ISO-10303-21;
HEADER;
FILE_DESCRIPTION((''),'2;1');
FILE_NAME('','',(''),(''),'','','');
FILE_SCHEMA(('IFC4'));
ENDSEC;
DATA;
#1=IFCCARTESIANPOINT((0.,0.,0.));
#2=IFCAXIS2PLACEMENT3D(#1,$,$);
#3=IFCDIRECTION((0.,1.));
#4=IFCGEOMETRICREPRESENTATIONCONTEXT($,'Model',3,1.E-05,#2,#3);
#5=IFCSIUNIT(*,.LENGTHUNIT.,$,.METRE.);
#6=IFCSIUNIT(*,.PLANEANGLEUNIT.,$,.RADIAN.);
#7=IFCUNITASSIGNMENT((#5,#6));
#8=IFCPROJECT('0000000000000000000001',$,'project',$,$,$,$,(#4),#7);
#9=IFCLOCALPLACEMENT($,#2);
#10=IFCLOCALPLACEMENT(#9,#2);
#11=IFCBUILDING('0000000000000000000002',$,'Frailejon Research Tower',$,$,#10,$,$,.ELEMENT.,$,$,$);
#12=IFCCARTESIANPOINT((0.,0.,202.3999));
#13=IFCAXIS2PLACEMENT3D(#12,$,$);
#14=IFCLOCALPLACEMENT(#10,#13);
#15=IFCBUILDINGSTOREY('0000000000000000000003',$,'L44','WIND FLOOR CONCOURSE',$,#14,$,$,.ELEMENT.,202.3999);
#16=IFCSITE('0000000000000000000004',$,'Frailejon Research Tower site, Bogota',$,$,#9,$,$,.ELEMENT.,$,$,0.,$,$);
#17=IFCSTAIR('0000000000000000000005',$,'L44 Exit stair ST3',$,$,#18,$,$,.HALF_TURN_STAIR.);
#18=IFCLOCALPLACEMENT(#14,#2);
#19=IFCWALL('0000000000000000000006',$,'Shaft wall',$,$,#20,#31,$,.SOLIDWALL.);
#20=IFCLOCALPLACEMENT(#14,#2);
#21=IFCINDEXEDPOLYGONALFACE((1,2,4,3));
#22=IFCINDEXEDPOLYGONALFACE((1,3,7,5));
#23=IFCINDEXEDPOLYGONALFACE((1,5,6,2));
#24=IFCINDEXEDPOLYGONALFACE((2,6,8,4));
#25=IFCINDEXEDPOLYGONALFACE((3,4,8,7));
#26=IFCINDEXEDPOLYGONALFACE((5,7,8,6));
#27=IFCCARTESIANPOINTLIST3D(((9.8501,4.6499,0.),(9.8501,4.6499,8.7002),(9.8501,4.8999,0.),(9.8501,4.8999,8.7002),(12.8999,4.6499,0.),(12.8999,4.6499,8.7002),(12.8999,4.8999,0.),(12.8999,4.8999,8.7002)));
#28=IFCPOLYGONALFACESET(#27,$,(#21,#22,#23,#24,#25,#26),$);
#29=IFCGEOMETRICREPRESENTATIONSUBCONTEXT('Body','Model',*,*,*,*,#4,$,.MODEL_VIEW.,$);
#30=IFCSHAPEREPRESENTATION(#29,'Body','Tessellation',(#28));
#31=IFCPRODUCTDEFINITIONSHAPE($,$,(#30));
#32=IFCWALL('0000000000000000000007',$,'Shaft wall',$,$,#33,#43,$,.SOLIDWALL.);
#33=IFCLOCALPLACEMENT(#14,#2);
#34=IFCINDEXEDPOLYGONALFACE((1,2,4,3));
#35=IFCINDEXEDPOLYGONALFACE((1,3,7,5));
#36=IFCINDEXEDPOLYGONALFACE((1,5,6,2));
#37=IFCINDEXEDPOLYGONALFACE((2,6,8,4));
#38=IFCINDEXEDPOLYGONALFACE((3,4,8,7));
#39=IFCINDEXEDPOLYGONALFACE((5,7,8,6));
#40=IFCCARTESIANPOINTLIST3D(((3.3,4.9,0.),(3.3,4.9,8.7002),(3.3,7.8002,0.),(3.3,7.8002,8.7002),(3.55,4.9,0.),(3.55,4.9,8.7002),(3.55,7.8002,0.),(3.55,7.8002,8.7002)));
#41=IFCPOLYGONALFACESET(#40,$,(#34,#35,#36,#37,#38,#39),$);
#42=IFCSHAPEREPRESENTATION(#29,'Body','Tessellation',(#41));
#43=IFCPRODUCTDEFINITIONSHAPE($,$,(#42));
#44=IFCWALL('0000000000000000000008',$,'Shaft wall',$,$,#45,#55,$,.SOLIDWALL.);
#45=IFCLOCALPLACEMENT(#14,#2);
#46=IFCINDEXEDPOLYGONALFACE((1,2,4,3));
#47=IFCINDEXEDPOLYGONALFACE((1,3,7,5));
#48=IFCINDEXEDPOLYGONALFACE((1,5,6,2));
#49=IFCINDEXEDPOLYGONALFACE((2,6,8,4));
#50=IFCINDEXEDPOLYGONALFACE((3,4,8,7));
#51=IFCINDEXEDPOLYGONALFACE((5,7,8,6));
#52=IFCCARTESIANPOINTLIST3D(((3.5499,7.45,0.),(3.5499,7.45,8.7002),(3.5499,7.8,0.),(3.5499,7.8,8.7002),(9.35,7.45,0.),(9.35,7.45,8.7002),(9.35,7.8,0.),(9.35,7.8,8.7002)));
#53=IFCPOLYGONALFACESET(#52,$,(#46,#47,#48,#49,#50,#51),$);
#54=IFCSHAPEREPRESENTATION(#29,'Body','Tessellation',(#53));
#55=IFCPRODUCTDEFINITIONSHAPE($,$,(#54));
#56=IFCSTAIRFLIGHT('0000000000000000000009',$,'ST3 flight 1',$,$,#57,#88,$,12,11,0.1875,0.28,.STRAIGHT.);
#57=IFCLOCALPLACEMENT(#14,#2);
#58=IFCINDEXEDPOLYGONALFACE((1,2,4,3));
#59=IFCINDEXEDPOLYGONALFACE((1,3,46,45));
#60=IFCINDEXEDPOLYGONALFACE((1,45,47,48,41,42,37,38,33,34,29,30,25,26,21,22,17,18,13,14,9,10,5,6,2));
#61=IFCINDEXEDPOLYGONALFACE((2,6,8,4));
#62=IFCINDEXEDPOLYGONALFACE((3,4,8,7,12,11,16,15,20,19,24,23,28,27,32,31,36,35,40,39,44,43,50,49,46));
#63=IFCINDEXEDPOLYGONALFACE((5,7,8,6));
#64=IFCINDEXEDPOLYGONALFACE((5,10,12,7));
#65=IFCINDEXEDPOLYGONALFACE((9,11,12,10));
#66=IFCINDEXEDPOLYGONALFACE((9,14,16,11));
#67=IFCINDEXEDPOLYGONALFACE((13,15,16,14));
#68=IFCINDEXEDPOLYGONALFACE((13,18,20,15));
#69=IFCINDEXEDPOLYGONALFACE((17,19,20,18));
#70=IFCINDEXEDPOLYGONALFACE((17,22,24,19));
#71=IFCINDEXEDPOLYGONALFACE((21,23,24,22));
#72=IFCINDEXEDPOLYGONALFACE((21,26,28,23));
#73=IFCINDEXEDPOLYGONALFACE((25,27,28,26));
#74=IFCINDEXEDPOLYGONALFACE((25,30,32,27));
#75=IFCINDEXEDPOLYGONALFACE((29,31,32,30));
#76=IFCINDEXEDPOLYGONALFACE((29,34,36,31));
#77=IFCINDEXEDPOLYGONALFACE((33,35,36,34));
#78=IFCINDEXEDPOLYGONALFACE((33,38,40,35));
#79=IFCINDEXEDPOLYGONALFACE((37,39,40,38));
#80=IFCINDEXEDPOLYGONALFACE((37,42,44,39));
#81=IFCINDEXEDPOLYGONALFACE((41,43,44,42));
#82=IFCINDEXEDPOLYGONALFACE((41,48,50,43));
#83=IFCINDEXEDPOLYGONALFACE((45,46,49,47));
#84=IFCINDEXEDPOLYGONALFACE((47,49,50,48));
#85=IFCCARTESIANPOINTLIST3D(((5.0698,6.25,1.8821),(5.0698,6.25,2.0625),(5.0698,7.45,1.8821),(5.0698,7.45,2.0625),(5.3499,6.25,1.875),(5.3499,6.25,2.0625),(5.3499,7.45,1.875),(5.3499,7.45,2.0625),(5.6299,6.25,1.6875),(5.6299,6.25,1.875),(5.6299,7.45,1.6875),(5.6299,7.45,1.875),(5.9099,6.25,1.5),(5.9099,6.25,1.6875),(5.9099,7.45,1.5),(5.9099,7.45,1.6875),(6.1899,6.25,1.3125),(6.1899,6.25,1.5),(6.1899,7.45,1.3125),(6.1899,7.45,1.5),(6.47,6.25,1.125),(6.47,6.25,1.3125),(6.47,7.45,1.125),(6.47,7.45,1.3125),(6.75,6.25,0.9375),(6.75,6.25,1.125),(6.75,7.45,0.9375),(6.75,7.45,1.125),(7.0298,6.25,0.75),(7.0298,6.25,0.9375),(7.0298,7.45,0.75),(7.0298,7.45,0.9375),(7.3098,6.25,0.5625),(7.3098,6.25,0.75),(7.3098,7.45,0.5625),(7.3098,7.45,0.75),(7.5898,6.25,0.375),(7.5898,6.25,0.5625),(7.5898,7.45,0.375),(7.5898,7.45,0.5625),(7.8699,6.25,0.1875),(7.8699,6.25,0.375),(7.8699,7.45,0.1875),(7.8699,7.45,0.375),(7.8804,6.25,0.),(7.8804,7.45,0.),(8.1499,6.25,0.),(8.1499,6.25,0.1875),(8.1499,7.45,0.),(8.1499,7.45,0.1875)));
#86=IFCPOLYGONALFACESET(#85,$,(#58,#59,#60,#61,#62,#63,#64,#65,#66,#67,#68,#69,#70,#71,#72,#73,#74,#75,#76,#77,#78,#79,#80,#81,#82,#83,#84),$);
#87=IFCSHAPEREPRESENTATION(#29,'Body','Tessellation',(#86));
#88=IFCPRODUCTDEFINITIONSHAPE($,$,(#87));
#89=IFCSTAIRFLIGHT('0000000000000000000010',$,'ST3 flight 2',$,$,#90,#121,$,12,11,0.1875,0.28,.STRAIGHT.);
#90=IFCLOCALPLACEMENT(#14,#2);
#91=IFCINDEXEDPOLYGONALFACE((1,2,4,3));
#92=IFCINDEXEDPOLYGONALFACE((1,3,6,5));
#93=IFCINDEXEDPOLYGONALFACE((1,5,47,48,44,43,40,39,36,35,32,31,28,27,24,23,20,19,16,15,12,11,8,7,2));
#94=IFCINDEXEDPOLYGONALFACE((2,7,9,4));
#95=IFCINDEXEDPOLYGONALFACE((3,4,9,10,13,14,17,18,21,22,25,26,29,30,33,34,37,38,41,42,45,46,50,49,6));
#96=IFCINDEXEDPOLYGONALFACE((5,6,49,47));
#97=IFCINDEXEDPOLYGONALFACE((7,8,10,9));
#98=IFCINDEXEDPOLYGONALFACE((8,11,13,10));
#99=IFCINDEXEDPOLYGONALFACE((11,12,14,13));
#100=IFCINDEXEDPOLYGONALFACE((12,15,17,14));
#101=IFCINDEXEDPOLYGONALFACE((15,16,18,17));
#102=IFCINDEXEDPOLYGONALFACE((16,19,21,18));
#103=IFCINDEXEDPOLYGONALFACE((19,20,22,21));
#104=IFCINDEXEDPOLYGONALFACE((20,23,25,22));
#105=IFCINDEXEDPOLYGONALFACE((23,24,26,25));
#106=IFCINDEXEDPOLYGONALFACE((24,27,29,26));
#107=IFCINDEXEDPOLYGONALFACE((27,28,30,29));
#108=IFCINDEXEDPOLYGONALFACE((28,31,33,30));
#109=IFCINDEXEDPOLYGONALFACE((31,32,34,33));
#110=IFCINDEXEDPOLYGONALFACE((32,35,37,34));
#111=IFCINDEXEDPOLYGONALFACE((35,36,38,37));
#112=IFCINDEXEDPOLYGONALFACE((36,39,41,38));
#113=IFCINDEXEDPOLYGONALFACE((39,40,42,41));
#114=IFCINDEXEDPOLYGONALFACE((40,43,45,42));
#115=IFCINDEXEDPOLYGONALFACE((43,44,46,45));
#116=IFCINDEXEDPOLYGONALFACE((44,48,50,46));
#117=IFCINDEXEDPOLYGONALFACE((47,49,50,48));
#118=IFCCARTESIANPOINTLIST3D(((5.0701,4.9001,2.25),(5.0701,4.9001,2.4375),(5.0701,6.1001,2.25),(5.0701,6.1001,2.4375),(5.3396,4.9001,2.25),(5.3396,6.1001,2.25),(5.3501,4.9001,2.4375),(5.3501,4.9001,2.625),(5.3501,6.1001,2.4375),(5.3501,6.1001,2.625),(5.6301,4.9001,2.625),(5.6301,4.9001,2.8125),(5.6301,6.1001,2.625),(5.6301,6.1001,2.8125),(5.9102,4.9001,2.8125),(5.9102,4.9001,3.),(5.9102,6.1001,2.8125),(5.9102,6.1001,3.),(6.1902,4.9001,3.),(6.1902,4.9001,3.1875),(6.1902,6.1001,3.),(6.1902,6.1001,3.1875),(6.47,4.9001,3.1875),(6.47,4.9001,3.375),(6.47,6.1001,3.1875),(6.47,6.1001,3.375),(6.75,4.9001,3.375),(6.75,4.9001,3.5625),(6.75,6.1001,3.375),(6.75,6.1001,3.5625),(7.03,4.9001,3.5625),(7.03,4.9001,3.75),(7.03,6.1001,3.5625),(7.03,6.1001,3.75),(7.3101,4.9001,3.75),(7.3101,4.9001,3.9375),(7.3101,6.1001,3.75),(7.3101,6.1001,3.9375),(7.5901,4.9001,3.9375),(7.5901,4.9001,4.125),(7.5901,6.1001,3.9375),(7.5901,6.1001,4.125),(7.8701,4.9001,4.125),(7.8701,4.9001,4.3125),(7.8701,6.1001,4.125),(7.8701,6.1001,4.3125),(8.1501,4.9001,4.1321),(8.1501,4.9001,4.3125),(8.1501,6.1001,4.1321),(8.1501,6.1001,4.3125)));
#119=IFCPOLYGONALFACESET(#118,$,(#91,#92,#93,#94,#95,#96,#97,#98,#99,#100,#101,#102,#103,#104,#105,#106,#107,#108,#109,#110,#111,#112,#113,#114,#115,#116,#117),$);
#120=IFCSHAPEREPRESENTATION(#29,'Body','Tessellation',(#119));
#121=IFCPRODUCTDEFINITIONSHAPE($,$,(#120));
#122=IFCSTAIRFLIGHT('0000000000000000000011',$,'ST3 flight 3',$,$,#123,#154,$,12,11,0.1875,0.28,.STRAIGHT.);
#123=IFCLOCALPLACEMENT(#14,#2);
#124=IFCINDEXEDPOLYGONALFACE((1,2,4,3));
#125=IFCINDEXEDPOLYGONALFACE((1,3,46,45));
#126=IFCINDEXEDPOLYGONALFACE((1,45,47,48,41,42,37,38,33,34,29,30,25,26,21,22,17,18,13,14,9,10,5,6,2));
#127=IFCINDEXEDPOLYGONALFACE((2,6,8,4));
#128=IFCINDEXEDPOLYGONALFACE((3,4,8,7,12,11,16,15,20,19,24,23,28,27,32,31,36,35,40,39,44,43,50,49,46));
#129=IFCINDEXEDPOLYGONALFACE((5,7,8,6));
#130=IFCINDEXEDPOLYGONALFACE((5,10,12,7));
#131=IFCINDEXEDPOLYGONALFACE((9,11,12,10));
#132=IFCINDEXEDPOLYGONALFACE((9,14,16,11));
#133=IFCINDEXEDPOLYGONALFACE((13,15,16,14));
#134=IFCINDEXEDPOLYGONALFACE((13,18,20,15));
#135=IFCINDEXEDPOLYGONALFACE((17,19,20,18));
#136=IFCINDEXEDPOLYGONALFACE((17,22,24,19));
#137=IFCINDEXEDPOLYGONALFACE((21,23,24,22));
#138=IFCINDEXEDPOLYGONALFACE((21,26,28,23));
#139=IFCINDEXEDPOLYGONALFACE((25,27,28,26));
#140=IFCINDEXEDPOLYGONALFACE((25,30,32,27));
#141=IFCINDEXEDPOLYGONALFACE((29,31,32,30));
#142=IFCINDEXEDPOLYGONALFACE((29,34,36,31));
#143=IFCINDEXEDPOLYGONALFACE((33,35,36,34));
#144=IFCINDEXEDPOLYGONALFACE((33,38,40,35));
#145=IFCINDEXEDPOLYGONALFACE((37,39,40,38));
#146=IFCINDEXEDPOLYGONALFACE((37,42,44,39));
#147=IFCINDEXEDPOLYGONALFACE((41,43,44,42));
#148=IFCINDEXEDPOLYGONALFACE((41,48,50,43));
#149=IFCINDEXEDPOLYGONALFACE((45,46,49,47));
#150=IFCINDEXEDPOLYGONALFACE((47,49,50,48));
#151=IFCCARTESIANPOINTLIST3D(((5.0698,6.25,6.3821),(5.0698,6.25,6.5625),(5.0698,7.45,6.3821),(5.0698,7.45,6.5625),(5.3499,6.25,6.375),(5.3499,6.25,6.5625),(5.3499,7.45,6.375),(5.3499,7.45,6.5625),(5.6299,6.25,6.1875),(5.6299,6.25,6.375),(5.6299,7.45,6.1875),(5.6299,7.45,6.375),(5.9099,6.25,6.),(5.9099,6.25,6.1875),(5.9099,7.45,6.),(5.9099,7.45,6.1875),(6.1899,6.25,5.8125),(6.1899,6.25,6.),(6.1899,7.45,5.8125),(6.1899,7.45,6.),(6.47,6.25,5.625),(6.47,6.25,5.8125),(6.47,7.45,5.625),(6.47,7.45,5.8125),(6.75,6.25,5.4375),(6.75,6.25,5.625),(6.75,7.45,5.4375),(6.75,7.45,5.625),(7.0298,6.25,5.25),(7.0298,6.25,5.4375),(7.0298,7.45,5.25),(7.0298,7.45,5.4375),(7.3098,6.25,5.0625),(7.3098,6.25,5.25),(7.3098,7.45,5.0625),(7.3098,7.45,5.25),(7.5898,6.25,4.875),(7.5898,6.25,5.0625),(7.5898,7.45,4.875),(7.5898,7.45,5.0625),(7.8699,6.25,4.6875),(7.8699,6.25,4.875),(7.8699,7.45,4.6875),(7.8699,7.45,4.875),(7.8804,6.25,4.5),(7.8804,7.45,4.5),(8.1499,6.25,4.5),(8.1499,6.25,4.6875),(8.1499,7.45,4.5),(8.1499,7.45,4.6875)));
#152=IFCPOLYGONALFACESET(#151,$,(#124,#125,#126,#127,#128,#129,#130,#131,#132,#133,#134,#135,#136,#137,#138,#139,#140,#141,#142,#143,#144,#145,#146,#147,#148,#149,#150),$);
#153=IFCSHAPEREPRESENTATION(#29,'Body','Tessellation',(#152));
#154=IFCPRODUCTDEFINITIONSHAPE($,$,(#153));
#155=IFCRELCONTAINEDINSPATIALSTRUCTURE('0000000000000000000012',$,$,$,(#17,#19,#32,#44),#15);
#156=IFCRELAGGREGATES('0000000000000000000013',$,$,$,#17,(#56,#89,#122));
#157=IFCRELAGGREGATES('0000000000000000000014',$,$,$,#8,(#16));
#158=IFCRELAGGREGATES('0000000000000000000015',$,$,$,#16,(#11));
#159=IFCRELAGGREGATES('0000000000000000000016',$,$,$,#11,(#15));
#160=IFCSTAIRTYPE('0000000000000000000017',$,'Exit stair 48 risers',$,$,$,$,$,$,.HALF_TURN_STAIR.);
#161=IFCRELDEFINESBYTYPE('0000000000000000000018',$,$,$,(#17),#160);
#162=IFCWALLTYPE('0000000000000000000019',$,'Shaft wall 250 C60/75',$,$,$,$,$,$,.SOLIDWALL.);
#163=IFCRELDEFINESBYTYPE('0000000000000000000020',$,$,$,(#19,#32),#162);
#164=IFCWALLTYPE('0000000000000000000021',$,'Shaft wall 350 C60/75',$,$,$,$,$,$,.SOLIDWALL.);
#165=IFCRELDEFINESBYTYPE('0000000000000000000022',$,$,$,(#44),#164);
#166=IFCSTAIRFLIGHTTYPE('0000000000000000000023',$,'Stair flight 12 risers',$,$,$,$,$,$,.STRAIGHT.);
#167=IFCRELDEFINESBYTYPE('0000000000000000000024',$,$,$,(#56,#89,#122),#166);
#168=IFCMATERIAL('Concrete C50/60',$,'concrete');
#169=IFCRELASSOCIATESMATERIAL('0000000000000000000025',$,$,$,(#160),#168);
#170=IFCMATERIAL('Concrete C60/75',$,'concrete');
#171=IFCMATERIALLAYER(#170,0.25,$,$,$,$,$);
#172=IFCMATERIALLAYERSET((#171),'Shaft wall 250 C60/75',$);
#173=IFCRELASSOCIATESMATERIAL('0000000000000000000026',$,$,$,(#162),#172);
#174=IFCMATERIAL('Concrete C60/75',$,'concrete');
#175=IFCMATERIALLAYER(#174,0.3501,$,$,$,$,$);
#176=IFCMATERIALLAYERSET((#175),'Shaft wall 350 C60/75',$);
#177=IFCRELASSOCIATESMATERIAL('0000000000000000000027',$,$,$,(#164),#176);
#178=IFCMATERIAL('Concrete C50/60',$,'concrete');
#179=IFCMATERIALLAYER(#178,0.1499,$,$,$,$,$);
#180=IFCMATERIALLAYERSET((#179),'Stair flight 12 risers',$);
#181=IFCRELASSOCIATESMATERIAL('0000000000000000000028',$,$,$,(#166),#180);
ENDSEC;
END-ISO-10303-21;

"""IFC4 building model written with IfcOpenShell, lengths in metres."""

from ifc_helpers import new_model, si_unit, direction, frame, frame_2d, origin, place, context, subcontext, project, spatial, polyline, rectangle, outline, extrude, material, layer, layer_set, type_object, element, aggregate, save


model = new_model("IFC4")

# Units and contexts
model_context = context("Model", 3, precision=1e-05, world=origin(), true_north=direction((0.0, 1.0)))
body_context = subcontext(model_context, "Body", "Model", "MODEL_VIEW")
ifc_project = project(units=[si_unit("LENGTHUNIT", "METRE"), si_unit("PLANEANGLEUNIT", "RADIAN")], contexts=[model_context])

# Site, building, storey
site_placement = place(None, origin())
site = spatial("IfcSite", under=ifc_project, at=site_placement, Name="Frailejon Research Tower site, Bogota", CompositionType="ELEMENT", RefElevation=0.0)
building_placement = place(site_placement, origin())
building = spatial("IfcBuilding", under=site, at=building_placement, Name="Frailejon Research Tower", CompositionType="ELEMENT")
storey_placement = place(building_placement, frame((0.0, 0.0, 202.3999)))
storey = spatial("IfcBuildingStorey", under=building, at=storey_placement, Name="L44", Description="WIND FLOOR CONCOURSE", CompositionType="ELEMENT", Elevation=202.3999)

# Stair
ifc_material_1 = material(Name="Concrete C50/60", Category="concrete")
stair_type = type_object("IfcStairType", Name="Exit stair 48 risers", PredefinedType="HALF_TURN_STAIR", material=ifc_material_1)
stair_placement = place(storey_placement, origin())
stair = element("IfcStair", 1, at=stair_placement, inside=storey, type_object=stair_type, Name="L44 Exit stair ST3", PredefinedType="HALF_TURN_STAIR")

# Shared definitions
ifc_material_2 = material(Name="Concrete C60/75", Category="concrete")
ifc_layer_1 = layer(ifc_material_2, 0.25)
ifc_layer_set_1 = layer_set([ifc_layer_1], Name="Shaft wall 250 C60/75")
wall_type_1 = type_object("IfcWallType", Name="Shaft wall 250 C60/75", PredefinedType="SOLIDWALL", material=ifc_layer_set_1)

# Walls
wall_1_placement = place(storey_placement, frame((9.8501, 4.7749, 0.0), z_axis=(0.0, 0.0, 1.0), x_axis=(1.0, 0.0, 0.0)))
element("IfcWall", 2, at=wall_1_placement, inside=storey, type_object=wall_type_1, Name="Shaft wall", PredefinedType="SOLIDWALL", context=body_context, shape_type="SweptSolid", body=[
    extrude(rectangle(XDim=3.0498, YDim=0.25, at=frame_2d((1.5249, 0.0))), origin(), (0.0, 0.0, 1.0), 8.7002),
])
wall_2_placement = place(storey_placement, frame((3.425, 4.8999, 0.0), z_axis=(0.0, 0.0, 1.0), x_axis=(0.0, 1.0, 0.0)))
element("IfcWall", 3, at=wall_2_placement, inside=storey, type_object=wall_type_1, Name="Shaft wall", PredefinedType="SOLIDWALL", context=body_context, shape_type="SweptSolid", body=[
    extrude(rectangle(XDim=2.9001, YDim=0.25, at=frame_2d((1.4502, 0.0))), origin(), (0.0, 0.0, 1.0), 8.7002),
])
ifc_material_3 = material(Name="Concrete C60/75", Category="concrete")
ifc_layer_2 = layer(ifc_material_3, 0.3501)
ifc_layer_set_2 = layer_set([ifc_layer_2], Name="Shaft wall 350 C60/75")
wall_type_2 = type_object("IfcWallType", Name="Shaft wall 350 C60/75", PredefinedType="SOLIDWALL", material=ifc_layer_set_2)
wall_3_placement = place(storey_placement, frame((3.55, 7.625, 0.0), z_axis=(0.0, 0.0, 1.0), x_axis=(1.0, 0.0, 0.0)))
element("IfcWall", 4, at=wall_3_placement, inside=storey, type_object=wall_type_2, Name="Shaft wall", PredefinedType="SOLIDWALL", context=body_context, shape_type="SweptSolid", body=[
    extrude(rectangle(XDim=5.8, YDim=0.3501, at=frame_2d((2.8999, 0.0))), origin(), (0.0, 0.0, 1.0), 8.7002),
])

# Stair flights
ifc_material_4 = material(Name="Concrete C50/60", Category="concrete")
ifc_layer_3 = layer(ifc_material_4, 0.1499)
ifc_layer_set_3 = layer_set([ifc_layer_3], Name="Stair flight 12 risers")
stair_flight_type = type_object("IfcStairFlightType", Name="Stair flight 12 risers", PredefinedType="STRAIGHT", material=ifc_layer_set_3)
stair_flight_1_placement = place(storey_placement, frame((8.1499, 6.8501, 0.0), z_axis=(0.0, 0.0, 1.0), x_axis=(-1.0, 0.0, 0.0)))
stair_flight_1 = element("IfcStairFlight", 5, at=stair_flight_1_placement, type_object=stair_flight_type, Name="ST3 flight 1", NumberOfRisers=12, NumberOfTreads=11, PredefinedType="STRAIGHT", RiserHeight=0.1875, TreadLength=0.28, context=body_context, shape_type="SweptSolid", body=[
    extrude(outline(polyline([(0.0, 0.0), (0.0, 0.1875), (0.28, 0.1875), (0.28, 0.375), (0.5601, 0.375), (0.5601, 0.5625), (0.8401, 0.5625), (0.8401, 0.75), (1.1201, 0.75), (1.1201, 0.9375), (1.3999, 0.9375), (1.3999, 1.125), (1.6799, 1.125), (1.6799, 1.3125), (1.96, 1.3125), (1.96, 1.5), (2.24, 1.5), (2.24, 1.6875), (2.52, 1.6875), (2.52, 1.875), (2.8, 1.875), (2.8, 2.0625), (3.0801, 2.0625), (3.0801, 2.25), (3.0801, 1.8821), (0.2695, 0.0), (0.0, 0.0)])), frame((0.0, 0.6001, 0.0), z_axis=(0.0, -1.0, 0.0), x_axis=(1.0, 0.0, 0.0)), (0.0, 0.0, 1.0), 1.2),
])
stair_flight_2_placement = place(storey_placement, frame((5.0701, 5.5, 2.25), z_axis=(0.0, 0.0, 1.0), x_axis=(1.0, 0.0, 0.0)))
stair_flight_2 = element("IfcStairFlight", 6, at=stair_flight_2_placement, type_object=stair_flight_type, Name="ST3 flight 2", NumberOfRisers=12, NumberOfTreads=11, PredefinedType="STRAIGHT", RiserHeight=0.1875, TreadLength=0.28, context=body_context, shape_type="SweptSolid", body=[
    extrude(outline(polyline([(0.0, 0.0), (0.0, 0.1875), (0.28, 0.1875), (0.28, 0.375), (0.5601, 0.375), (0.5601, 0.5625), (0.8401, 0.5625), (0.8401, 0.75), (1.1201, 0.75), (1.1201, 0.9375), (1.3999, 0.9375), (1.3999, 1.125), (1.6799, 1.125), (1.6799, 1.3125), (1.96, 1.3125), (1.96, 1.5), (2.24, 1.5), (2.24, 1.6875), (2.52, 1.6875), (2.52, 1.875), (2.8, 1.875), (2.8, 2.0625), (3.0801, 2.0625), (3.0801, 2.25), (3.0801, 1.8821), (0.2695, 0.0), (0.0, 0.0)])), frame((0.0, 0.6001, 0.0), z_axis=(0.0, -1.0, 0.0), x_axis=(1.0, 0.0, 0.0)), (0.0, 0.0, 1.0), 1.2),
])
stair_flight_3_placement = place(storey_placement, frame((8.1499, 6.8501, 4.5), z_axis=(0.0, 0.0, 1.0), x_axis=(-1.0, 0.0, 0.0)))
stair_flight_3 = element("IfcStairFlight", 7, at=stair_flight_3_placement, type_object=stair_flight_type, Name="ST3 flight 3", NumberOfRisers=12, NumberOfTreads=11, PredefinedType="STRAIGHT", RiserHeight=0.1875, TreadLength=0.28, context=body_context, shape_type="SweptSolid", body=[
    extrude(outline(polyline([(0.0, 0.0), (0.0, 0.1875), (0.28, 0.1875), (0.28, 0.375), (0.5601, 0.375), (0.5601, 0.5625), (0.8401, 0.5625), (0.8401, 0.75), (1.1201, 0.75), (1.1201, 0.9375), (1.3999, 0.9375), (1.3999, 1.125), (1.6799, 1.125), (1.6799, 1.3125), (1.96, 1.3125), (1.96, 1.5), (2.24, 1.5), (2.24, 1.6875), (2.52, 1.6875), (2.52, 1.875), (2.8, 1.875), (2.8, 2.0625), (3.0801, 2.0625), (3.0801, 2.25), (3.0801, 1.8821), (0.2695, 0.0), (0.0, 0.0)])), frame((0.0, 0.6001, 0.0), z_axis=(0.0, -1.0, 0.0), x_axis=(1.0, 0.0, 0.0)), (0.0, 0.0, 1.0), 1.2),
])
aggregate(stair, [stair_flight_1, stair_flight_2, stair_flight_3])

save(model, "model.ifc")
